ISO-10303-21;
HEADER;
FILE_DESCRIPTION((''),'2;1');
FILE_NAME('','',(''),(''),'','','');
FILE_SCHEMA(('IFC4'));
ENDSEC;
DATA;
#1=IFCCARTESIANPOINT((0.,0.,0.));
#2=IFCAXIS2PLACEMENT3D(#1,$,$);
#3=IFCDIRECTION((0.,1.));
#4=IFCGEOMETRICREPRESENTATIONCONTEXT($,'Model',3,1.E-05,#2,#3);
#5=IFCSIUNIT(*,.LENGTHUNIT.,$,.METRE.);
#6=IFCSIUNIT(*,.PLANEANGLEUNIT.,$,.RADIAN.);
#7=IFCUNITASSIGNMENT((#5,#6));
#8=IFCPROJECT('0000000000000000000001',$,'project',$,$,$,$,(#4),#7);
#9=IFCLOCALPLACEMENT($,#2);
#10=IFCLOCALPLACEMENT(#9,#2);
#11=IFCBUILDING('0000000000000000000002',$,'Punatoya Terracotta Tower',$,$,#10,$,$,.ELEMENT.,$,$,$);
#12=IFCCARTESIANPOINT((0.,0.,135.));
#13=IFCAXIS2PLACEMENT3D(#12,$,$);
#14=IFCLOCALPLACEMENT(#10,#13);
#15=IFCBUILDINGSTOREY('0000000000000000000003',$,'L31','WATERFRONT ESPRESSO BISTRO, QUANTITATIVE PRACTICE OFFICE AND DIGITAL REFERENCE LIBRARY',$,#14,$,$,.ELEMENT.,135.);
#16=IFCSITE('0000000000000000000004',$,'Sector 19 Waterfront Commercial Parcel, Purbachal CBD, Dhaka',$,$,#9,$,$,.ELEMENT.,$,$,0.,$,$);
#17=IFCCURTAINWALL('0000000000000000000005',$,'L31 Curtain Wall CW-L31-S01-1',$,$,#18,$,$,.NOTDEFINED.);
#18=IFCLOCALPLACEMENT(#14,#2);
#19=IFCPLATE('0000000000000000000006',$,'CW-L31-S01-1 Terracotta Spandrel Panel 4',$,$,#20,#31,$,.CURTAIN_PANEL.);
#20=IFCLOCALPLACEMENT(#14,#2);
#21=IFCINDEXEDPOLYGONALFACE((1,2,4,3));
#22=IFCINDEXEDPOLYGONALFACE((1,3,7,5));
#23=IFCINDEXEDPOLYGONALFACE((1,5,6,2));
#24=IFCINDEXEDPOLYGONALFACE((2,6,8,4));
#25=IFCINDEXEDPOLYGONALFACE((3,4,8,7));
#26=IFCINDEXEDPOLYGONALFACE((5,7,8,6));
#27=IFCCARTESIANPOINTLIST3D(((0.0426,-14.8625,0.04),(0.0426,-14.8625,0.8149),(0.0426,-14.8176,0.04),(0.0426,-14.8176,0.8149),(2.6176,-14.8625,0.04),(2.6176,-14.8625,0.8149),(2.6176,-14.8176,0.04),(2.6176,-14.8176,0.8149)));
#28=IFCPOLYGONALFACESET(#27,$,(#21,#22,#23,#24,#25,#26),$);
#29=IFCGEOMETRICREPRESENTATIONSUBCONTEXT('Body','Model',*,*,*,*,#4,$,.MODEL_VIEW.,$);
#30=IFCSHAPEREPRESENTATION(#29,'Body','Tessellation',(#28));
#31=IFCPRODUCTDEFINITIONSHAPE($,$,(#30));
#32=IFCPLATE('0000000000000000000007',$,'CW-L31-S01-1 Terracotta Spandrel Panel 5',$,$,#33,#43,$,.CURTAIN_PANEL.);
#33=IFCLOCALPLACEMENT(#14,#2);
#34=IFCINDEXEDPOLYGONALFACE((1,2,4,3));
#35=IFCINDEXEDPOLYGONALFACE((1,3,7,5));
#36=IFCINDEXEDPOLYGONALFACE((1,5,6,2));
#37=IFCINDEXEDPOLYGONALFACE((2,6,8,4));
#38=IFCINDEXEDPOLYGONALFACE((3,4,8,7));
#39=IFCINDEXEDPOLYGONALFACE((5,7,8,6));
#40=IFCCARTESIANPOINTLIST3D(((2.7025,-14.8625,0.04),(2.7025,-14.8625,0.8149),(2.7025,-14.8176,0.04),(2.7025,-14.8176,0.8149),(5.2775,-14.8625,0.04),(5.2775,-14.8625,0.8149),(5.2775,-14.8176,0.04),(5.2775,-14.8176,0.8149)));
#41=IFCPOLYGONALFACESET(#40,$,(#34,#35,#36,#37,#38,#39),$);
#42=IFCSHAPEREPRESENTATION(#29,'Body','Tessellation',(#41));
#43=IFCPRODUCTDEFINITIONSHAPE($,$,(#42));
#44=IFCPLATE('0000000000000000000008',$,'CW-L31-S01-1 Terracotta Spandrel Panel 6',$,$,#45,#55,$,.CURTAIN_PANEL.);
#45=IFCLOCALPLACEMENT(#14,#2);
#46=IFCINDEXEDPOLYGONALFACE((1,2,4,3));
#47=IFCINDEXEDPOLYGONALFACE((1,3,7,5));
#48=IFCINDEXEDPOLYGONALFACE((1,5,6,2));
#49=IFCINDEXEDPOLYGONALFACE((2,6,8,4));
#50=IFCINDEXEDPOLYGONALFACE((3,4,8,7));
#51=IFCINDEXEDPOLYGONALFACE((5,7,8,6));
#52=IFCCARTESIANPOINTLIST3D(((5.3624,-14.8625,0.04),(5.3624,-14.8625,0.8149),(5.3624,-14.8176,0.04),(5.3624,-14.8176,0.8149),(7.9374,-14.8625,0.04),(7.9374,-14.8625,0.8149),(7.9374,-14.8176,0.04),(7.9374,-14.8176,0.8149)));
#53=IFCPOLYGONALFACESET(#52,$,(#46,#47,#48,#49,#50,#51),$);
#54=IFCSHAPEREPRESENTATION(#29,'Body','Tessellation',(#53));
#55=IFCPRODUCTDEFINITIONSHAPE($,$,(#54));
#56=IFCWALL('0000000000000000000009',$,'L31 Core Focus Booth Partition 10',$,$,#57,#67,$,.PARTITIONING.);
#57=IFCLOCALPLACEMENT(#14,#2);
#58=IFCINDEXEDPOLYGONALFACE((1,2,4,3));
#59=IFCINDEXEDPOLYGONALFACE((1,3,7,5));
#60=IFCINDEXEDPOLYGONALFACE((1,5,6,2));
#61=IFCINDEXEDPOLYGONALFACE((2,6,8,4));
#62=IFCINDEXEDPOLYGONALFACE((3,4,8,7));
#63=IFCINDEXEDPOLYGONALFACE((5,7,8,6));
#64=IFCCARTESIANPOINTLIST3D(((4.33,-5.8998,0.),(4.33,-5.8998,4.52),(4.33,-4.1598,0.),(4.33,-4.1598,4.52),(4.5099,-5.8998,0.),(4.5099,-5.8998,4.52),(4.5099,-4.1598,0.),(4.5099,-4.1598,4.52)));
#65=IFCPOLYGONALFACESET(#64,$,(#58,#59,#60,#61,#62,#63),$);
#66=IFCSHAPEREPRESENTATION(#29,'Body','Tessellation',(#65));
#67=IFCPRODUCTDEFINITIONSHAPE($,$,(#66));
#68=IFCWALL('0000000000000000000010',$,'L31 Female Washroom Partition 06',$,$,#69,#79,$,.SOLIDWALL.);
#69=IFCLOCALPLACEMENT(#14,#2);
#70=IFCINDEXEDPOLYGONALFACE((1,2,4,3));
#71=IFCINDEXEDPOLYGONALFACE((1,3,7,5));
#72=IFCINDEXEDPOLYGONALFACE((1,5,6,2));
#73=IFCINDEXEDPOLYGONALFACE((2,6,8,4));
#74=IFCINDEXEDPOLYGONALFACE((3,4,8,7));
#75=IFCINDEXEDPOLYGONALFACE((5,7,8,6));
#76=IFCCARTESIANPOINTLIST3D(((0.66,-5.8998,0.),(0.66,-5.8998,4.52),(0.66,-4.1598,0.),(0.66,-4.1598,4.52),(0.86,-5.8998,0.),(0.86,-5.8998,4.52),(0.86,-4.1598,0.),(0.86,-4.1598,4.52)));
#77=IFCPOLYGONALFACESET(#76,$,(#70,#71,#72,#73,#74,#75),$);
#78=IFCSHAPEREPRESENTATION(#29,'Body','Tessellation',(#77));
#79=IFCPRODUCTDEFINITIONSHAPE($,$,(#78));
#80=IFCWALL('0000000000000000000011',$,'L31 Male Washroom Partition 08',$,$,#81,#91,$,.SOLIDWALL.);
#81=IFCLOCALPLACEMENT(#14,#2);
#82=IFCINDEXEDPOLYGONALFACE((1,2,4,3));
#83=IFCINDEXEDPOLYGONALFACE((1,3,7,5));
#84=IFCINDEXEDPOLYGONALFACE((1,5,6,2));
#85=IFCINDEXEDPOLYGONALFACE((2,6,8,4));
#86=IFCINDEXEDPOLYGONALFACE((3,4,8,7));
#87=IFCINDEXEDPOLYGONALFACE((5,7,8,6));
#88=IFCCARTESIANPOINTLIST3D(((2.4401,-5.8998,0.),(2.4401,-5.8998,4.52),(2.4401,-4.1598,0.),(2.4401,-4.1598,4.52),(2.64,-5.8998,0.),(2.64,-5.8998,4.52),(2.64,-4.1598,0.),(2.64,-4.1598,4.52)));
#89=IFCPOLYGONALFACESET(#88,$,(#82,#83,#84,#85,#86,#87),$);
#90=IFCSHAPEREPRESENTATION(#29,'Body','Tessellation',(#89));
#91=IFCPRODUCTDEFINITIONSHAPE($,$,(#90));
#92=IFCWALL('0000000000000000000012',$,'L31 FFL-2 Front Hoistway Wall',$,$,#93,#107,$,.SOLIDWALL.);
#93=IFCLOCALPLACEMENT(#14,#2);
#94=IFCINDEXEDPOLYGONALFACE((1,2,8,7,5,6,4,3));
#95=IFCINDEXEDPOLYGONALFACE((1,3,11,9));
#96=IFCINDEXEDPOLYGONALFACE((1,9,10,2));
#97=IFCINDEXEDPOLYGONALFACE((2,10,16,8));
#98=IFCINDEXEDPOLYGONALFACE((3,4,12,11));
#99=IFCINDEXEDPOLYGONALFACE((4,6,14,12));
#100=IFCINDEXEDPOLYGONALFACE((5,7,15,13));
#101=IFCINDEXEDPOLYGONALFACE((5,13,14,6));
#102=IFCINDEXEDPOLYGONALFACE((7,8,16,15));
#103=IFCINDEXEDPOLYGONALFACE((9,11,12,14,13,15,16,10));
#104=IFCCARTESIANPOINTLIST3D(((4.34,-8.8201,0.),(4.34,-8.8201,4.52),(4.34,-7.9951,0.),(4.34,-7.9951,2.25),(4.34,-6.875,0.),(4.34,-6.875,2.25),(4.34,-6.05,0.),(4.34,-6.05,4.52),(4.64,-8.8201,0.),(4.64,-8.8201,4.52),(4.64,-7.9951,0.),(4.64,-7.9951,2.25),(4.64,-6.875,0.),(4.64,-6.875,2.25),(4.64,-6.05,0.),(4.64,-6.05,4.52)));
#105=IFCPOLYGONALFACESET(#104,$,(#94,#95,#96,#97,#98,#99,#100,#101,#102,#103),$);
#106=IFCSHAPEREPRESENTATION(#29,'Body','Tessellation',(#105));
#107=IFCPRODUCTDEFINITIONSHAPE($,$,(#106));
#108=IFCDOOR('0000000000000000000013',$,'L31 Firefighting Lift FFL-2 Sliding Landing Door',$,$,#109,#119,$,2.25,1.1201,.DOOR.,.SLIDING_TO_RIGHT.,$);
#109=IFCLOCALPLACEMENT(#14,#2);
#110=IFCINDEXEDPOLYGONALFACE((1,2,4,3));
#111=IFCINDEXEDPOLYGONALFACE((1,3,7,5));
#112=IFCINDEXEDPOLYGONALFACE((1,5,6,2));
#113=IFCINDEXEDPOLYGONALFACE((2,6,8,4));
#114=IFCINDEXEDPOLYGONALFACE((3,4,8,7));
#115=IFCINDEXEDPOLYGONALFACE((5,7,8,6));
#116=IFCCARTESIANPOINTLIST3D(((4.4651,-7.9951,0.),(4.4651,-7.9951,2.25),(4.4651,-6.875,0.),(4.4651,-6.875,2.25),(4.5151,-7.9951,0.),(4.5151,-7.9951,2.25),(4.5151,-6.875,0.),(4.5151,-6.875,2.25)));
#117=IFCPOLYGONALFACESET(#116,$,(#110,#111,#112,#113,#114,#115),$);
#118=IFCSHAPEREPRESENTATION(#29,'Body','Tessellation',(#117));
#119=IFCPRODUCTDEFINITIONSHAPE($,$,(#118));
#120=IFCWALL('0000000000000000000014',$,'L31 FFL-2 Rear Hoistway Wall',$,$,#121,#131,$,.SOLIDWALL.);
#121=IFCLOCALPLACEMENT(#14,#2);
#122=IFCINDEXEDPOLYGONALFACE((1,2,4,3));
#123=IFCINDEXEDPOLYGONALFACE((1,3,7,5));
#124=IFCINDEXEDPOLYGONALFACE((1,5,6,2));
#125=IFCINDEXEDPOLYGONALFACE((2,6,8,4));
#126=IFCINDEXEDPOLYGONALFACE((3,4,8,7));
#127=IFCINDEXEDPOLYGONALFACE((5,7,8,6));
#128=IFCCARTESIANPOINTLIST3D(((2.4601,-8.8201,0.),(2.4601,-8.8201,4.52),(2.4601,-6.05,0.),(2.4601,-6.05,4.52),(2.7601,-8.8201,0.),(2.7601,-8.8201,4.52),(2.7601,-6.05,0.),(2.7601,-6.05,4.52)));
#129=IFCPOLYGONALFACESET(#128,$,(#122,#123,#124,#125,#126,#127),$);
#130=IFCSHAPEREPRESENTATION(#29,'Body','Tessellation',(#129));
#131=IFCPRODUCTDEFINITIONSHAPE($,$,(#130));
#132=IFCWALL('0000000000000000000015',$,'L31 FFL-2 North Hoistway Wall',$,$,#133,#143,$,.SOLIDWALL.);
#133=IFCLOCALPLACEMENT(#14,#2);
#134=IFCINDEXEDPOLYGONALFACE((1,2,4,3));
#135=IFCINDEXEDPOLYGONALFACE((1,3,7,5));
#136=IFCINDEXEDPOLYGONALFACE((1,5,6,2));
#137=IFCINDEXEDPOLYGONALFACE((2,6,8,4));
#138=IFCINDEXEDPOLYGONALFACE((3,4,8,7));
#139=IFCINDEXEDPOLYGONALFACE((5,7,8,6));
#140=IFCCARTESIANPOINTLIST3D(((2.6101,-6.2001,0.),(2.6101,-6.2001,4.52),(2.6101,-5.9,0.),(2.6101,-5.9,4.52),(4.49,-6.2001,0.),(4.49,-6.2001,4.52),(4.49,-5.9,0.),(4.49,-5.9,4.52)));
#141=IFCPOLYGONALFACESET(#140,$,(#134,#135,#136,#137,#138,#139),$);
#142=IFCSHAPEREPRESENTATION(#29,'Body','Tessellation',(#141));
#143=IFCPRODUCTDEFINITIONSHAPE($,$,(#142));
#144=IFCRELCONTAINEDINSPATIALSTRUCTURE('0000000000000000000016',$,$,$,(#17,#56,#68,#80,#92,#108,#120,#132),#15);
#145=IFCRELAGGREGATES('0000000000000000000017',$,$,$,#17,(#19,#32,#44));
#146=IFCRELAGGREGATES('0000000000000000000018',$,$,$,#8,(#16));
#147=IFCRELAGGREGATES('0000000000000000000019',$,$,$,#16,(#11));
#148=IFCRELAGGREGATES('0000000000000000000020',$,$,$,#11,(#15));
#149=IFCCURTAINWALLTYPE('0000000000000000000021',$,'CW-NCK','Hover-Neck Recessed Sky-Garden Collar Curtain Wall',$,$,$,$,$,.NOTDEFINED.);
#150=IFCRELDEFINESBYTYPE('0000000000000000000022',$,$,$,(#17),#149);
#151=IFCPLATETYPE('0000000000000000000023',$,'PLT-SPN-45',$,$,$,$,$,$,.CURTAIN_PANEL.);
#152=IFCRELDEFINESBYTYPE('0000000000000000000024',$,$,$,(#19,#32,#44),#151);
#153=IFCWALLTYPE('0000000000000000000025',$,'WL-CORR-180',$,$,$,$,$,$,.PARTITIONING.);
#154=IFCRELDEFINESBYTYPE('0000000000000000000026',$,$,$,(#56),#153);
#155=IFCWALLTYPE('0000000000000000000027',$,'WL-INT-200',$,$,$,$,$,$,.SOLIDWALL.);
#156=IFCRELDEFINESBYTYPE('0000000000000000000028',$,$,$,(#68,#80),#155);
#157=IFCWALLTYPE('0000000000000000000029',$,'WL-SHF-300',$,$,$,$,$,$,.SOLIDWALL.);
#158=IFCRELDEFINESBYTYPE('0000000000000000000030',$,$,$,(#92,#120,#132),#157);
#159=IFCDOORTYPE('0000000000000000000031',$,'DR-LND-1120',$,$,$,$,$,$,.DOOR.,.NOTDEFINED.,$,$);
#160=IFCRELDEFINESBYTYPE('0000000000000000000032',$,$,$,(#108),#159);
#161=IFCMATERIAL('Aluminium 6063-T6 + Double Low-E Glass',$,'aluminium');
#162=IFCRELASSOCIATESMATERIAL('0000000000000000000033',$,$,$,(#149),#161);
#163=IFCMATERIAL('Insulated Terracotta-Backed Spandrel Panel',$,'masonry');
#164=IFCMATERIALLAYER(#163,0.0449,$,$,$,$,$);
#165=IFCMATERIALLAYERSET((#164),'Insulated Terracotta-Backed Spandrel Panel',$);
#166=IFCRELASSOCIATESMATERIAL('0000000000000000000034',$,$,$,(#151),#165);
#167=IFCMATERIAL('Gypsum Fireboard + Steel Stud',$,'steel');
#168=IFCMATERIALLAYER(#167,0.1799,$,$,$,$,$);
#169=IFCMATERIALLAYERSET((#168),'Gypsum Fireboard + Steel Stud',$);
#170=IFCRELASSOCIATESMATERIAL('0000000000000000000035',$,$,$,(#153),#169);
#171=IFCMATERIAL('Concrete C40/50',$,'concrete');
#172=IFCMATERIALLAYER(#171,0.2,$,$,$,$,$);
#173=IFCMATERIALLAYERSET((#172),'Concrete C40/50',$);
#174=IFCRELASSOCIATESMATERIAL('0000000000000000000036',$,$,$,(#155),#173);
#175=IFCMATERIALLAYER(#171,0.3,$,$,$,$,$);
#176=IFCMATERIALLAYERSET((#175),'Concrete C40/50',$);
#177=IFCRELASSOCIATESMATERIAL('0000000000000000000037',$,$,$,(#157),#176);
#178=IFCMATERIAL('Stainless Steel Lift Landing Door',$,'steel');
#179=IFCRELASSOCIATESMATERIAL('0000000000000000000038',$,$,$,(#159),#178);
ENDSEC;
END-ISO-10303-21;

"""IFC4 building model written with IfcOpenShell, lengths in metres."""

from ifc_helpers import new_model, si_unit, direction, frame, frame_2d, origin, origin_2d, place, context, subcontext, project, spatial, rectangle, extrude, material, layer, layer_set, type_object, element, fill, aggregate, save


model = new_model("IFC4")

# Units and contexts
model_context = context("Model", 3, precision=1e-05, world=origin(), true_north=direction((0.0, 1.0)))
body_context = subcontext(model_context, "Body", "Model", "MODEL_VIEW")
ifc_project = project(units=[si_unit("LENGTHUNIT", "METRE"), si_unit("PLANEANGLEUNIT", "RADIAN")], contexts=[model_context])

# Site, building, storey
site_placement = place(None, origin())
site = spatial("IfcSite", under=ifc_project, at=site_placement, Name="Sector 19 Waterfront Commercial Parcel, Purbachal CBD, Dhaka", CompositionType="ELEMENT", RefElevation=0.0)
building_placement = place(site_placement, origin())
building = spatial("IfcBuilding", under=site, at=building_placement, Name="Punatoya Terracotta Tower", CompositionType="ELEMENT")
storey_placement = place(building_placement, frame((0.0, 0.0, 135.0)))
storey = spatial("IfcBuildingStorey", under=building, at=storey_placement, Name="L31", Description="WATERFRONT ESPRESSO BISTRO, QUANTITATIVE PRACTICE OFFICE AND DIGITAL REFERENCE LIBRARY", CompositionType="ELEMENT", Elevation=135.0)

# Curtain wall, plates
ifc_material_1 = material(Name="Aluminium 6063-T6 + Double Low-E Glass", Category="aluminium")
curtain_wall_type = type_object("IfcCurtainWallType", Name="CW-NCK", Description="Hover-Neck Recessed Sky-Garden Collar Curtain Wall", PredefinedType="NOTDEFINED", material=ifc_material_1)
curtain_wall_placement = place(storey_placement, origin())
curtain_wall = element("IfcCurtainWall", 1, at=curtain_wall_placement, inside=storey, type_object=curtain_wall_type, Name="L31 Curtain Wall CW-L31-S01-1", PredefinedType="NOTDEFINED")
ifc_material_2 = material(Name="Insulated Terracotta-Backed Spandrel Panel", Category="masonry")
ifc_layer_1 = layer(ifc_material_2, 0.0449)
ifc_layer_set_1 = layer_set([ifc_layer_1], Name="Insulated Terracotta-Backed Spandrel Panel")
plate_type_1 = type_object("IfcPlateType", Name="PLT-SPN-45", PredefinedType="CURTAIN_PANEL", material=ifc_layer_set_1)
plate_1_placement = place(storey_placement, frame((1.3301, -14.8401, 0.04), z_axis=(0.0, 0.0, 1.0), x_axis=(1.0, 0.0, 0.0)))
plate_1 = element("IfcPlate", 2, at=plate_1_placement, type_object=plate_type_1, Name="CW-L31-S01-1 Terracotta Spandrel Panel 4", PredefinedType="CURTAIN_PANEL", context=body_context, shape_type="SweptSolid", body=[
    extrude(rectangle(XDim=2.575, YDim=0.0449, at=origin_2d()), origin(), (0.0, 0.0, 1.0), 0.7749),
])
plate_2_placement = place(storey_placement, frame((3.99, -14.8401, 0.04), z_axis=(0.0, 0.0, 1.0), x_axis=(1.0, 0.0, 0.0)))
plate_2 = element("IfcPlate", 3, at=plate_2_placement, type_object=plate_type_1, Name="CW-L31-S01-1 Terracotta Spandrel Panel 5", PredefinedType="CURTAIN_PANEL", context=body_context, shape_type="SweptSolid", body=[
    extrude(rectangle(XDim=2.575, YDim=0.0449, at=origin_2d()), origin(), (0.0, 0.0, 1.0), 0.7749),
])
plate_3_placement = place(storey_placement, frame((6.6499, -14.8401, 0.04), z_axis=(0.0, 0.0, 1.0), x_axis=(1.0, 0.0, 0.0)))
plate_3 = element("IfcPlate", 4, at=plate_3_placement, type_object=plate_type_1, Name="CW-L31-S01-1 Terracotta Spandrel Panel 6", PredefinedType="CURTAIN_PANEL", context=body_context, shape_type="SweptSolid", body=[
    extrude(rectangle(XDim=2.575, YDim=0.0449, at=origin_2d()), origin(), (0.0, 0.0, 1.0), 0.7749),
])
aggregate(curtain_wall, [plate_1, plate_2, plate_3])

# Walls
ifc_material_3 = material(Name="Gypsum Fireboard + Steel Stud", Category="steel")
ifc_layer_2 = layer(ifc_material_3, 0.1799)
ifc_layer_set_2 = layer_set([ifc_layer_2], Name="Gypsum Fireboard + Steel Stud")
wall_type_1 = type_object("IfcWallType", Name="WL-CORR-180", PredefinedType="PARTITIONING", material=ifc_layer_set_2)
wall_1_placement = place(storey_placement, frame((4.4199, -5.8999, 0.0), z_axis=(0.0, 0.0, 1.0), x_axis=(0.0, 1.0, 0.0)))
element("IfcWall", 5, at=wall_1_placement, inside=storey, type_object=wall_type_1, Name="L31 Core Focus Booth Partition 10", PredefinedType="PARTITIONING", context=body_context, shape_type="SweptSolid", body=[
    extrude(rectangle(XDim=1.74, YDim=0.1799, at=frame_2d((0.8701, 0.0))), origin(), (0.0, 0.0, 1.0), 4.52),
])
ifc_material_4 = material(Name="Concrete C40/50", Category="concrete")
ifc_layer_3 = layer(ifc_material_4, 0.2)
ifc_layer_set_3 = layer_set([ifc_layer_3], Name="Concrete C40/50")
wall_type_2 = type_object("IfcWallType", Name="WL-INT-200", PredefinedType="SOLIDWALL", material=ifc_layer_set_3)
for number, where, z_axis, x_axis, name in (
    (6, (0.76, -5.8999, 0.0), (0.0, 0.0, 1.0), (0.0, 1.0, 0.0), "L31 Female Washroom Partition 06"),
    (7, (2.54, -5.8999, 0.0), (0.0, 0.0, 1.0), (0.0, 1.0, 0.0), "L31 Male Washroom Partition 08"),
):
    element("IfcWall", number, at=place(storey_placement, frame(where, z_axis=z_axis, x_axis=x_axis)), inside=storey, type_object=wall_type_2, Name=name, PredefinedType="SOLIDWALL", context=body_context, shape_type="SweptSolid", body=[
        extrude(rectangle(XDim=1.74, YDim=0.2, at=frame_2d((0.8701, 0.0))), origin(), (0.0, 0.0, 1.0), 4.52),
    ])

# Wall, opening, door
ifc_layer_4 = layer(ifc_material_4, 0.3)
ifc_layer_set_4 = layer_set([ifc_layer_4], Name="Concrete C40/50")
wall_type_3 = type_object("IfcWallType", Name="WL-SHF-300", PredefinedType="SOLIDWALL", material=ifc_layer_set_4)
wall_2_placement = place(storey_placement, frame((4.49, -8.8201, 0.0), z_axis=(0.0, 0.0, 1.0), x_axis=(0.0, 1.0, 0.0)))
wall_2 = element("IfcWall", 8, at=wall_2_placement, inside=storey, type_object=wall_type_3, Name="L31 FFL-2 Front Hoistway Wall", PredefinedType="SOLIDWALL", context=body_context, shape_type="SweptSolid", body=[
    extrude(rectangle(XDim=2.77, YDim=0.3, at=frame_2d((1.385, 0.0))), origin(), (0.0, 0.0, 1.0), 4.52),
])
opening_placement = place(wall_2_placement, frame((0.825, 0.0, 0.0)))
opening = element("IfcOpeningElement", 9, at=opening_placement, cuts=wall_2, PredefinedType="OPENING", context=body_context, shape_type="SweptSolid", body=[
    extrude(rectangle(XDim=1.1201, YDim=2.25, at=frame_2d((0.5601, 1.125))), frame((0.0, 0.1599, 0.0), z_axis=(0.0, -1.0, 0.0), x_axis=(1.0, 0.0, 0.0)), (0.0, 0.0, 1.0), 0.3201),
])
ifc_material_5 = material(Name="Stainless Steel Lift Landing Door", Category="steel")
door_type = type_object("IfcDoorType", Name="DR-LND-1120", OperationType="NOTDEFINED", PredefinedType="DOOR", material=ifc_material_5)
door_placement = place(opening_placement, origin())
door = element("IfcDoor", 10, at=door_placement, inside=storey, type_object=door_type, Name="L31 Firefighting Lift FFL-2 Sliding Landing Door", OperationType="SLIDING_TO_RIGHT", OverallHeight=2.25, OverallWidth=1.1201, PredefinedType="DOOR", context=body_context, shape_type="SweptSolid", body=[
    extrude(rectangle(XDim=1.1201, YDim=2.25, at=frame_2d((0.5601, 1.125))), frame((0.0, 0.0249, 0.0), z_axis=(0.0, -1.0, 0.0), x_axis=(1.0, 0.0, 0.0)), (0.0, 0.0, 1.0), 0.05),
])
fill(opening, door)

# Walls
wall_3_placement = place(storey_placement, frame((2.6101, -8.8201, 0.0), z_axis=(0.0, 0.0, 1.0), x_axis=(0.0, 1.0, 0.0)))
element("IfcWall", 11, at=wall_3_placement, inside=storey, type_object=wall_type_3, Name="L31 FFL-2 Rear Hoistway Wall", PredefinedType="SOLIDWALL", context=body_context, shape_type="SweptSolid", body=[
    extrude(rectangle(XDim=2.77, YDim=0.3, at=frame_2d((1.385, 0.0))), origin(), (0.0, 0.0, 1.0), 4.52),
])
wall_4_placement = place(storey_placement, frame((2.6101, -6.05, 0.0), z_axis=(0.0, 0.0, 1.0), x_axis=(1.0, 0.0, 0.0)))
element("IfcWall", 12, at=wall_4_placement, inside=storey, type_object=wall_type_3, Name="L31 FFL-2 North Hoistway Wall", PredefinedType="SOLIDWALL", context=body_context, shape_type="SweptSolid", body=[
    extrude(rectangle(XDim=1.8799, YDim=0.3, at=frame_2d((0.9399, 0.0))), origin(), (0.0, 0.0, 1.0), 4.52),
])

save(model, "model.ifc")
